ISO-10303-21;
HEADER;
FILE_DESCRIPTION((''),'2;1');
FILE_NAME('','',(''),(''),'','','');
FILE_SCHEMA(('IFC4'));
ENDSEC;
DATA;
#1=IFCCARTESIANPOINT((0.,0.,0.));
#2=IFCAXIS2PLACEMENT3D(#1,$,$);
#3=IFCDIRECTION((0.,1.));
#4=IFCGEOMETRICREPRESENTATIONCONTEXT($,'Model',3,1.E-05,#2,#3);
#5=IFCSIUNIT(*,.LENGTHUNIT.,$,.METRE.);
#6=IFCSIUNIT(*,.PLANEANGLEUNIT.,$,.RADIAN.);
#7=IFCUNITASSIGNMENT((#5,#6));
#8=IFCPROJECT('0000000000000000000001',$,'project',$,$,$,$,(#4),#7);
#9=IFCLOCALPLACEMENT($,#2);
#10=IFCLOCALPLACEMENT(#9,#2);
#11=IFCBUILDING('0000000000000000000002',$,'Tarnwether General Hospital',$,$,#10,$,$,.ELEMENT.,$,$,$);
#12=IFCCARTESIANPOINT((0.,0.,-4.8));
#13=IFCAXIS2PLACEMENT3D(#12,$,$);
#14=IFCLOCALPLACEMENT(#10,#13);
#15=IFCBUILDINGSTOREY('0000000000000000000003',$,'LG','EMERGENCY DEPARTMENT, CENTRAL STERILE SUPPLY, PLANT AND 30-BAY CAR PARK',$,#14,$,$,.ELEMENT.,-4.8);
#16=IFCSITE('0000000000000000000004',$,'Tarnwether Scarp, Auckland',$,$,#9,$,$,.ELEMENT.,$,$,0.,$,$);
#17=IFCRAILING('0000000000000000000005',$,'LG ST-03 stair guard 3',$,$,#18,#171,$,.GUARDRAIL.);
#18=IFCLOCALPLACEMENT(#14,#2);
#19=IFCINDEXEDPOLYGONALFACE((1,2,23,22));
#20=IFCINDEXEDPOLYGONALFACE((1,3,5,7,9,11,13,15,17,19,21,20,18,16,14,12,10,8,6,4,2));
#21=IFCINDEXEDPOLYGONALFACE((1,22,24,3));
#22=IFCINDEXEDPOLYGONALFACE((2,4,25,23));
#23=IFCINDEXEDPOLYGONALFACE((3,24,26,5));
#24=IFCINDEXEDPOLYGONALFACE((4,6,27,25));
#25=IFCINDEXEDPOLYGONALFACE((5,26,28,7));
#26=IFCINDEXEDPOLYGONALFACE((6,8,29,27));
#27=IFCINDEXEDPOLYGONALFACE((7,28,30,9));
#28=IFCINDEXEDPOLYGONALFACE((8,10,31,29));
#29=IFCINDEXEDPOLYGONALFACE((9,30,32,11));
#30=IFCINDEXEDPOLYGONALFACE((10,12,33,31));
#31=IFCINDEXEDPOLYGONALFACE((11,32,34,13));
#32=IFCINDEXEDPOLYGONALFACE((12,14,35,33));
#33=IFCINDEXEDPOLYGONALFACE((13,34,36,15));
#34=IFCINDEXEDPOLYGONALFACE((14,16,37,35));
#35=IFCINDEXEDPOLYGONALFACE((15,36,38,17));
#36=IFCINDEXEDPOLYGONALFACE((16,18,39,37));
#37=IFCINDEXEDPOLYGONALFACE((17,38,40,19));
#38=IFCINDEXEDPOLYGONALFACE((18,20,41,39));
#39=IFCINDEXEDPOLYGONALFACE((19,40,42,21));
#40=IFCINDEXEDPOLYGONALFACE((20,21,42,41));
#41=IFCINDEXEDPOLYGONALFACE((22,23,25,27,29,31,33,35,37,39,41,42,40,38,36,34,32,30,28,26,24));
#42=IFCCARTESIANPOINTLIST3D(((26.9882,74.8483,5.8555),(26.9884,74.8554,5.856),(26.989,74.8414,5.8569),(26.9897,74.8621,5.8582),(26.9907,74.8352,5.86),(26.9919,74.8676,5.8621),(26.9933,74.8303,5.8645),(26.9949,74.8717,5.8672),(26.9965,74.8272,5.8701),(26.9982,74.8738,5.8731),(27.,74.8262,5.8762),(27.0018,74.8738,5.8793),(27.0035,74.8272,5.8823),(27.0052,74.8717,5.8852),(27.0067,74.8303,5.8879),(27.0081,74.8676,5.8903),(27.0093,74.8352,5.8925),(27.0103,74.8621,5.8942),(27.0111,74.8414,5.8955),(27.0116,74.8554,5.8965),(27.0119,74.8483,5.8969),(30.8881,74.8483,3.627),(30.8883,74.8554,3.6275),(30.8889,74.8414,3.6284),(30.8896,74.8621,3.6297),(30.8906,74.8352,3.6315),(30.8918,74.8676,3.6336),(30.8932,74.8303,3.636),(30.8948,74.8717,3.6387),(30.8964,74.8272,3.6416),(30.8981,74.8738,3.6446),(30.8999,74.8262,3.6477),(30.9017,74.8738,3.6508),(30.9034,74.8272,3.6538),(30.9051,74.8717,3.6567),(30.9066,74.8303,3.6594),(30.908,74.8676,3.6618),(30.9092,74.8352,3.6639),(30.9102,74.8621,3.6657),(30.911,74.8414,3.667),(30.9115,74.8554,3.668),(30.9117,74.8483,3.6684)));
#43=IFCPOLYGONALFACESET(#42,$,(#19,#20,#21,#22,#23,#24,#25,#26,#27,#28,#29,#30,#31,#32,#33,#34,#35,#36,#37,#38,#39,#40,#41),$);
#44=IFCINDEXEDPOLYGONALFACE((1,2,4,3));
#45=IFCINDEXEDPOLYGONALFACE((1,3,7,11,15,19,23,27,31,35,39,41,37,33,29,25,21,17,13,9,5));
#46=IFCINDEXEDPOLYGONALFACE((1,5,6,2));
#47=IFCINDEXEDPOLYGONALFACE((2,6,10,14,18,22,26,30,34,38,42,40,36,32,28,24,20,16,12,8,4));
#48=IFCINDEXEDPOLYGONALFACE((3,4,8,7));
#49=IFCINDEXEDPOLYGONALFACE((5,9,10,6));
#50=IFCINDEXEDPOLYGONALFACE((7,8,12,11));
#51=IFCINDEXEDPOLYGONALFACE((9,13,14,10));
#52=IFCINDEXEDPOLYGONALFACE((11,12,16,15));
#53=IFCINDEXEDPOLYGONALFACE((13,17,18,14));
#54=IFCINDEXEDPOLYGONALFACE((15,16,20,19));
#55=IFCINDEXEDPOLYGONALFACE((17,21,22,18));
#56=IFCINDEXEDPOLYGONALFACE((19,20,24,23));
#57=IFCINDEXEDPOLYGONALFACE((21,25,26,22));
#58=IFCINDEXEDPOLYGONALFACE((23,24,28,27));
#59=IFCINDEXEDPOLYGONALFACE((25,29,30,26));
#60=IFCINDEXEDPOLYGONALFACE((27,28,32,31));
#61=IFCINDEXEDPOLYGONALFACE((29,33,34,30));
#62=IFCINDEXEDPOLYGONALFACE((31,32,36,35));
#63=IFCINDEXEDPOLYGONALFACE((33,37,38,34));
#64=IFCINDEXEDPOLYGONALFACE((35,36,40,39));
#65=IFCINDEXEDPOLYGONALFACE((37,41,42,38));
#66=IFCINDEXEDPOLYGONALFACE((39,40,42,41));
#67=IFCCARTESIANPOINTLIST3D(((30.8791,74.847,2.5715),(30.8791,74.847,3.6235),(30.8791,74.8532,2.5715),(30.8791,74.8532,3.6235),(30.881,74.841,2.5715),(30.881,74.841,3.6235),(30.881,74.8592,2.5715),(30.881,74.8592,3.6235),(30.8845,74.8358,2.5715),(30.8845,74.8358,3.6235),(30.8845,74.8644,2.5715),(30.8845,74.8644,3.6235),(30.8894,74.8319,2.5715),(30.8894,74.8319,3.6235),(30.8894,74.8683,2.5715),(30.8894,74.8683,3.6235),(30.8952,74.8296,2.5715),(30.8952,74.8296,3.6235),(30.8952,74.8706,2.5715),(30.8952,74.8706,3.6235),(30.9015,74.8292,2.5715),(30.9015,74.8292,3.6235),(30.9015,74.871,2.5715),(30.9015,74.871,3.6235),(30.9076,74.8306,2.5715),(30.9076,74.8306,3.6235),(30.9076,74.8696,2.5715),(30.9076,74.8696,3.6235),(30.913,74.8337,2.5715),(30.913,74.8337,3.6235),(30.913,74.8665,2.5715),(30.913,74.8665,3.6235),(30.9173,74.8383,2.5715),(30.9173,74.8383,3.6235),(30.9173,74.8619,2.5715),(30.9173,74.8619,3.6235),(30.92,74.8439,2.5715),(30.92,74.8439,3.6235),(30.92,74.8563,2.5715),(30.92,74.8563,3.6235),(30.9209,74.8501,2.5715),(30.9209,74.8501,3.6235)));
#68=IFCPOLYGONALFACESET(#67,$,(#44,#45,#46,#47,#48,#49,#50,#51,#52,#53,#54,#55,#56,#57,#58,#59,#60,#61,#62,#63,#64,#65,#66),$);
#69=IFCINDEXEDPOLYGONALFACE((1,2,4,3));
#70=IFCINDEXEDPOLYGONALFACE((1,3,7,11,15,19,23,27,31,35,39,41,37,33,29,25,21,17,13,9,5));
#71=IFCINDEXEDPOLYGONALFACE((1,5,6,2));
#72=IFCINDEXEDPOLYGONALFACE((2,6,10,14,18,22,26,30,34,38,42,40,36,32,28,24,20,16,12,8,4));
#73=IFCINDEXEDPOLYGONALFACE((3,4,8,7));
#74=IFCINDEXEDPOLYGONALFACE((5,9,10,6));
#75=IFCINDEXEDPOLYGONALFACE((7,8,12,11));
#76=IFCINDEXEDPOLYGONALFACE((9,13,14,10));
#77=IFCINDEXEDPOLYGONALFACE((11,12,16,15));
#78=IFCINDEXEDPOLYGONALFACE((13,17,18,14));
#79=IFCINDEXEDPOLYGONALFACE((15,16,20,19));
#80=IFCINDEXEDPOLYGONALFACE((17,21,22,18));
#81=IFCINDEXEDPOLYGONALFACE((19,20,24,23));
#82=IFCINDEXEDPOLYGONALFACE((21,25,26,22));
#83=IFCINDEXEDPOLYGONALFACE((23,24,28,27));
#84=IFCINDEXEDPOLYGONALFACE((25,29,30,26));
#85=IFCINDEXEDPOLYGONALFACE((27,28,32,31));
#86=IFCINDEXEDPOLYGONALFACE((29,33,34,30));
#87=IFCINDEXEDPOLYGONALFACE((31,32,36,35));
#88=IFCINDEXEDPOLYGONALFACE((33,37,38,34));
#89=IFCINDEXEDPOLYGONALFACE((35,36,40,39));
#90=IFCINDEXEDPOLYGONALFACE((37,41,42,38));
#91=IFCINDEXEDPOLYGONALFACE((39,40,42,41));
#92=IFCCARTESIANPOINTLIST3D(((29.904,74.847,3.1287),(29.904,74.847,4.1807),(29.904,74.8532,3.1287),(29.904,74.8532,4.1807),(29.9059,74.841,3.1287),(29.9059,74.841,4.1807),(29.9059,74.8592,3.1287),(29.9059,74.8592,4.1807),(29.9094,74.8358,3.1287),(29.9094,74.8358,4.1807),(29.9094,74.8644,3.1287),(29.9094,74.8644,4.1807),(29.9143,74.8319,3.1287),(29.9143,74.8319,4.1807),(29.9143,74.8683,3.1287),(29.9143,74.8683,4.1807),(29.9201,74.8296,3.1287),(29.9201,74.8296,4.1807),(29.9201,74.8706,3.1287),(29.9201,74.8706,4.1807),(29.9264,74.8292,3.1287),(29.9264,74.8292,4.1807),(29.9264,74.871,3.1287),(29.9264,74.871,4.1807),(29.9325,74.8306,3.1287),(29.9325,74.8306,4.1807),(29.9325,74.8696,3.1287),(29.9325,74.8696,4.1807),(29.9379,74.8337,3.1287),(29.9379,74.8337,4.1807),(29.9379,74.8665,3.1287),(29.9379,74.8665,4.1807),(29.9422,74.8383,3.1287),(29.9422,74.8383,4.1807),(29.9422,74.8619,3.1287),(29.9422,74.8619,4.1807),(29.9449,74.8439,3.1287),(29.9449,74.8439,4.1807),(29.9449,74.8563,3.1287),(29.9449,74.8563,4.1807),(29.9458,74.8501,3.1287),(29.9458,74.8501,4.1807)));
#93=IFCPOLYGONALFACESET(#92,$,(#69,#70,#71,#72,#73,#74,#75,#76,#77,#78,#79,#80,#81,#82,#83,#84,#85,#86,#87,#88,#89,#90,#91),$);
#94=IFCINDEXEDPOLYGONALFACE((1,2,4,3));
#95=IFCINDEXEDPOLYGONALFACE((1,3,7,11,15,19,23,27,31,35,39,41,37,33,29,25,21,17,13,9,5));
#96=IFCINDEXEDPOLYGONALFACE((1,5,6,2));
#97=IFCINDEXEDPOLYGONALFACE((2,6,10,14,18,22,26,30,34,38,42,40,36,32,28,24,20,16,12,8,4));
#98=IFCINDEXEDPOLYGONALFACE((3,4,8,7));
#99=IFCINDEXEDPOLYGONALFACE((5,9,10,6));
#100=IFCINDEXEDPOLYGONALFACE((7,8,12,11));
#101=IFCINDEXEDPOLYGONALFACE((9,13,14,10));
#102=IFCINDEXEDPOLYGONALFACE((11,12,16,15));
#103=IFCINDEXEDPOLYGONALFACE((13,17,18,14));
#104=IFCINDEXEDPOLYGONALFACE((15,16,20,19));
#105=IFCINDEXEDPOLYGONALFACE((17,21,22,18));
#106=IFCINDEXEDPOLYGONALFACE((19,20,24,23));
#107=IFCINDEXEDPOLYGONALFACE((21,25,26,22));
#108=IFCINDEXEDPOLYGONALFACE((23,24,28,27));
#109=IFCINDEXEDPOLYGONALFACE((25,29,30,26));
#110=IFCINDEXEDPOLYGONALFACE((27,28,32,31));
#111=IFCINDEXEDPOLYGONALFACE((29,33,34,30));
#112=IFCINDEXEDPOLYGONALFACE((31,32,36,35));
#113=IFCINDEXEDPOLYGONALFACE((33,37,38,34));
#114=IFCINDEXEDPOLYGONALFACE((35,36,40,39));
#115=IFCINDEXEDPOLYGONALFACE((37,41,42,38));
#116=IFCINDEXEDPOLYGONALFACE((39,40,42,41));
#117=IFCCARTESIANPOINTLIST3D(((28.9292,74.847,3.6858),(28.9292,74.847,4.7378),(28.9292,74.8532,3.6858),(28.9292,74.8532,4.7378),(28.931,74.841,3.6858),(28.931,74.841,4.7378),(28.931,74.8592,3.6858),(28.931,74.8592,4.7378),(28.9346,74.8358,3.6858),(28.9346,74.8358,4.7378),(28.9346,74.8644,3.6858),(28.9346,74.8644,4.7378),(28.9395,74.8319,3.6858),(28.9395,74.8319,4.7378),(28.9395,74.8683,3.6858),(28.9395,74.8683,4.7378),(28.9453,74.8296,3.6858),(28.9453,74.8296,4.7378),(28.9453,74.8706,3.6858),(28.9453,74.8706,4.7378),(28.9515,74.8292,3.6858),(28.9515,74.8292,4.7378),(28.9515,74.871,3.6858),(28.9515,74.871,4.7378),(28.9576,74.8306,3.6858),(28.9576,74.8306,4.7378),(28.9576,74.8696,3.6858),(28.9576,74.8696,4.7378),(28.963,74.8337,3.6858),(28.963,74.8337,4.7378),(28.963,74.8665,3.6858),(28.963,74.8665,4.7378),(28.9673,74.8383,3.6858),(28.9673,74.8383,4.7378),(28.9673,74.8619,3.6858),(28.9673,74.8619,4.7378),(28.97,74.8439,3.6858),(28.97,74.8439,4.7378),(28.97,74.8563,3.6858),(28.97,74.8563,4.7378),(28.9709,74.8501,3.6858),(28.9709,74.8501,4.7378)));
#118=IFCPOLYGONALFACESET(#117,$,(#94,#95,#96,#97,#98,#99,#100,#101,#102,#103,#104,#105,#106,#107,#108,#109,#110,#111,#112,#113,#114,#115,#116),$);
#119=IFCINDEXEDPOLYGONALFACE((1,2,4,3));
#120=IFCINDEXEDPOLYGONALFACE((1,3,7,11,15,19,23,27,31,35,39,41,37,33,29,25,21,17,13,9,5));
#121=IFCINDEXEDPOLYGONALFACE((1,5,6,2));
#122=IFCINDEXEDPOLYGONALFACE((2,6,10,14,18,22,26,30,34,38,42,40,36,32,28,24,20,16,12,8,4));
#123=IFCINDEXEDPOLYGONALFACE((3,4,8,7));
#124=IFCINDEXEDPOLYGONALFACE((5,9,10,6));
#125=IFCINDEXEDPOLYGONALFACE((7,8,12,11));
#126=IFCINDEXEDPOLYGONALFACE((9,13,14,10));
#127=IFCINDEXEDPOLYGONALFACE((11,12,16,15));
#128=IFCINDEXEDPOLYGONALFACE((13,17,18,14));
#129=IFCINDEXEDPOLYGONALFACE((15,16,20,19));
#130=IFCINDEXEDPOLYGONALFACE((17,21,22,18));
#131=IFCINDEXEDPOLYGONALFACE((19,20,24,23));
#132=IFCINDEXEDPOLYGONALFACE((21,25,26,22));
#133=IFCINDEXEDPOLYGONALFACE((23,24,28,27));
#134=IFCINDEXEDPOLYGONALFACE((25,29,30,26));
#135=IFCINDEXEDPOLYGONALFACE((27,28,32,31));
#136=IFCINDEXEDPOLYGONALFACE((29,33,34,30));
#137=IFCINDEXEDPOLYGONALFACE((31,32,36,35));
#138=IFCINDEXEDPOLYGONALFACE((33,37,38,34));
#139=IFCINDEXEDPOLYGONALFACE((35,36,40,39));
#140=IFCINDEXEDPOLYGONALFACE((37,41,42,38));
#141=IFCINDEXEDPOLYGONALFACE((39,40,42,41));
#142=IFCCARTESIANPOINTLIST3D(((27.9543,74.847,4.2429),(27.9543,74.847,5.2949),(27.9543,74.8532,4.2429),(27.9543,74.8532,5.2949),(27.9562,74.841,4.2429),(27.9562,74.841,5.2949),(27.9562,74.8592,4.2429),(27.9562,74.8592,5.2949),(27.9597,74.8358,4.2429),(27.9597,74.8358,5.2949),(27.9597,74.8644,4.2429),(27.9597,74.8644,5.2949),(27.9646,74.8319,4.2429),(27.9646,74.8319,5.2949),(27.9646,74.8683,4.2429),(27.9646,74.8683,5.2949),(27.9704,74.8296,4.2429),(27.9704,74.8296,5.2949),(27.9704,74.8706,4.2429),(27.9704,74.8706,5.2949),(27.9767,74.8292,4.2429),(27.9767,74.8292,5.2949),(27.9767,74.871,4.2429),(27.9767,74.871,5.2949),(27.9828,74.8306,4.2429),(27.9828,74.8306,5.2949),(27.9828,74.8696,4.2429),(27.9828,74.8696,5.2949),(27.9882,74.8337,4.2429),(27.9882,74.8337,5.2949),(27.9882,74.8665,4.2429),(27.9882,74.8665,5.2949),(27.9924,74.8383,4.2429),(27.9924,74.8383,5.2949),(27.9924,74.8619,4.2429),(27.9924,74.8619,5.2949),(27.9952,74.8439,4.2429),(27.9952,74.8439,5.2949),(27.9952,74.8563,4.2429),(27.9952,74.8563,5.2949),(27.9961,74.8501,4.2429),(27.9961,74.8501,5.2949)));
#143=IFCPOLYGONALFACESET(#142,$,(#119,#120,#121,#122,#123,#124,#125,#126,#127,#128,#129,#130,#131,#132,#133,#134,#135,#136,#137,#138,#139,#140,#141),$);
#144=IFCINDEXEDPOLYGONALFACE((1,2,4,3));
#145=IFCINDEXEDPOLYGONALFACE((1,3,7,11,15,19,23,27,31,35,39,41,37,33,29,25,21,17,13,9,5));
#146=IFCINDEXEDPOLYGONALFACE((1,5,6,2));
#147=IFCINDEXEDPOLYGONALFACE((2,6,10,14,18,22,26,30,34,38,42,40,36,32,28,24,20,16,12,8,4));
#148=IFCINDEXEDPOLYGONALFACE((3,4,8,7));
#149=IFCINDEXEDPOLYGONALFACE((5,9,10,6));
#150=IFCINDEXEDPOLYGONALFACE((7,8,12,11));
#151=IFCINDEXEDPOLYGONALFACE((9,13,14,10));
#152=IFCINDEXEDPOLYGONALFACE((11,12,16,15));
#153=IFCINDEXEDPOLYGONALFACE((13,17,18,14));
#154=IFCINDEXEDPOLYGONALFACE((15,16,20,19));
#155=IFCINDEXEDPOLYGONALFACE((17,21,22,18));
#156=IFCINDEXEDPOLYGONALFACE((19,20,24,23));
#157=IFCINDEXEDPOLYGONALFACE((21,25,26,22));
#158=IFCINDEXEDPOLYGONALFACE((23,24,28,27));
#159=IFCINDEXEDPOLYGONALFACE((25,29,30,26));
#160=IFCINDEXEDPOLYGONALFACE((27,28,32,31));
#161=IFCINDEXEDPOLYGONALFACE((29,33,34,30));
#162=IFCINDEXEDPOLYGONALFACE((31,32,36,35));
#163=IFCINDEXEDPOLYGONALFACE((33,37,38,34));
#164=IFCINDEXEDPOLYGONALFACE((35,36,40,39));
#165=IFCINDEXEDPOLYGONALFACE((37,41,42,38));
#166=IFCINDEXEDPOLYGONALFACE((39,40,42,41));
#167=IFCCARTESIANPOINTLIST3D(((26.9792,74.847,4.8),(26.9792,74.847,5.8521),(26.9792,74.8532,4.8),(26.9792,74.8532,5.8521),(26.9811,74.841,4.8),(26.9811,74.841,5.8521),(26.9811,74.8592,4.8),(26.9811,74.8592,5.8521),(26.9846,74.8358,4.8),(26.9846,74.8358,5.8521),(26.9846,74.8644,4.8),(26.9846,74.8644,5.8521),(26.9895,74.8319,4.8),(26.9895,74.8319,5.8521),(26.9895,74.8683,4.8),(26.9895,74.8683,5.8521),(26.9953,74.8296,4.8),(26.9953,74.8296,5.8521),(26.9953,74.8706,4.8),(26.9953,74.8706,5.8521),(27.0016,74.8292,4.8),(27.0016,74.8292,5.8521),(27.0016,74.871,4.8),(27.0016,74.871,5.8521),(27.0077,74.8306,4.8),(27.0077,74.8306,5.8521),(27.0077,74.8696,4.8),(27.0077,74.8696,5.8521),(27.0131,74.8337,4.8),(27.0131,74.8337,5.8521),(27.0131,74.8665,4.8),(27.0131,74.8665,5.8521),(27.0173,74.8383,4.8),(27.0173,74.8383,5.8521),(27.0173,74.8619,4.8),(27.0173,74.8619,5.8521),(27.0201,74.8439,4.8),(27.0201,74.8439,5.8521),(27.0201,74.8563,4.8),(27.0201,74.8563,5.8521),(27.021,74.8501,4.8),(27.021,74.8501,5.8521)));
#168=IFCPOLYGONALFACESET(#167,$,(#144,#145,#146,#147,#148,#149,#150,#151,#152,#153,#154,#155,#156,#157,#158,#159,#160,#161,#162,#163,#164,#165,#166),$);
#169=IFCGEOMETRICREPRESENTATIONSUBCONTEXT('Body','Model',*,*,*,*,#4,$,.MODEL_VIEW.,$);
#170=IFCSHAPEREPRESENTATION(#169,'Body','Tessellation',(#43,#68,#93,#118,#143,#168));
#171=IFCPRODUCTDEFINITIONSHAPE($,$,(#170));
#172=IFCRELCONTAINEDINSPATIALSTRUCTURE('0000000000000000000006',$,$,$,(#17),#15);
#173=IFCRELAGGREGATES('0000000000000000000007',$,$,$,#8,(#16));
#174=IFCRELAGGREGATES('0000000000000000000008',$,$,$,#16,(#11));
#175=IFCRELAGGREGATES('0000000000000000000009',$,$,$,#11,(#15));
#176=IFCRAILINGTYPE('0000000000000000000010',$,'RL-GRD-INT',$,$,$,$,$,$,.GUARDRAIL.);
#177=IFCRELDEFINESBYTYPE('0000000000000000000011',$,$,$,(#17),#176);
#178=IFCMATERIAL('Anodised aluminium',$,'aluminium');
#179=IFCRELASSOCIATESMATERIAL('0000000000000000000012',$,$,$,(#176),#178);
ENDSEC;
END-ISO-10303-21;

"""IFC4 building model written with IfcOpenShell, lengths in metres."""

from ifc_helpers import new_model, si_unit, direction, frame, origin, origin_2d, place, context, subcontext, project, spatial, circle, extrude, material, type_object, element, save


model = new_model("IFC4")

# Units and contexts
model_context = context("Model", 3, precision=1e-05, world=origin(), true_north=direction((0.0, 1.0)))
body_context = subcontext(model_context, "Body", "Model", "MODEL_VIEW")
ifc_project = project(units=[si_unit("LENGTHUNIT", "METRE"), si_unit("PLANEANGLEUNIT", "RADIAN")], contexts=[model_context])

# Site, building, storey
site_placement = place(None, origin())
site = spatial("IfcSite", under=ifc_project, at=site_placement, Name="Tarnwether Scarp, Auckland", CompositionType="ELEMENT", RefElevation=0.0)
building_placement = place(site_placement, origin())
building = spatial("IfcBuilding", under=site, at=building_placement, Name="Tarnwether General Hospital", CompositionType="ELEMENT")
storey_placement = place(building_placement, frame((0.0, 0.0, -4.8)))
storey = spatial("IfcBuildingStorey", under=building, at=storey_placement, Name="LG", Description="EMERGENCY DEPARTMENT, CENTRAL STERILE SUPPLY, PLANT AND 30-BAY CAR PARK", CompositionType="ELEMENT", Elevation=-4.8)

# Railing
ifc_material_1 = material(Name="Anodised aluminium", Category="aluminium")
railing_type_1 = type_object("IfcRailingType", Name="RL-GRD-INT", PredefinedType="GUARDRAIL", material=ifc_material_1)
railing_1_placement = place(storey_placement, frame((30.8999, 74.8501, 2.5715)))
element("IfcRailing", 1, at=railing_1_placement, inside=storey, type_object=railing_type_1, Name="LG ST-03 stair guard 3", PredefinedType="GUARDRAIL", context=body_context, shape_type="SweptSolid", body=[
    extrude(circle(Radius=0.0239, at=origin_2d()), frame((0.0, 0.0, 1.0762), z_axis=(-0.868243, 0.0, 0.496139), x_axis=(0.0, -1.0, 0.0)), (0.0, 0.0, 1.0), 4.4917),
    extrude(circle(Radius=0.021, at=origin_2d()), origin(), (0.0, 0.0, 1.0), 1.052),
    extrude(circle(Radius=0.021, at=origin_2d()), frame((-0.9751, 0.0, 0.5571)), (0.0, 0.0, 1.0), 1.052),
    extrude(circle(Radius=0.021, at=origin_2d()), frame((-1.95, 0.0, 1.1143)), (0.0, 0.0, 1.0), 1.052),
    extrude(circle(Radius=0.021, at=origin_2d()), frame((-2.9248, 0.0, 1.6714)), (0.0, 0.0, 1.0), 1.052),
    extrude(circle(Radius=0.021, at=origin_2d()), frame((-3.8999, 0.0, 2.2285)), (0.0, 0.0, 1.0), 1.052),
])

save(model, "model.ifc")
